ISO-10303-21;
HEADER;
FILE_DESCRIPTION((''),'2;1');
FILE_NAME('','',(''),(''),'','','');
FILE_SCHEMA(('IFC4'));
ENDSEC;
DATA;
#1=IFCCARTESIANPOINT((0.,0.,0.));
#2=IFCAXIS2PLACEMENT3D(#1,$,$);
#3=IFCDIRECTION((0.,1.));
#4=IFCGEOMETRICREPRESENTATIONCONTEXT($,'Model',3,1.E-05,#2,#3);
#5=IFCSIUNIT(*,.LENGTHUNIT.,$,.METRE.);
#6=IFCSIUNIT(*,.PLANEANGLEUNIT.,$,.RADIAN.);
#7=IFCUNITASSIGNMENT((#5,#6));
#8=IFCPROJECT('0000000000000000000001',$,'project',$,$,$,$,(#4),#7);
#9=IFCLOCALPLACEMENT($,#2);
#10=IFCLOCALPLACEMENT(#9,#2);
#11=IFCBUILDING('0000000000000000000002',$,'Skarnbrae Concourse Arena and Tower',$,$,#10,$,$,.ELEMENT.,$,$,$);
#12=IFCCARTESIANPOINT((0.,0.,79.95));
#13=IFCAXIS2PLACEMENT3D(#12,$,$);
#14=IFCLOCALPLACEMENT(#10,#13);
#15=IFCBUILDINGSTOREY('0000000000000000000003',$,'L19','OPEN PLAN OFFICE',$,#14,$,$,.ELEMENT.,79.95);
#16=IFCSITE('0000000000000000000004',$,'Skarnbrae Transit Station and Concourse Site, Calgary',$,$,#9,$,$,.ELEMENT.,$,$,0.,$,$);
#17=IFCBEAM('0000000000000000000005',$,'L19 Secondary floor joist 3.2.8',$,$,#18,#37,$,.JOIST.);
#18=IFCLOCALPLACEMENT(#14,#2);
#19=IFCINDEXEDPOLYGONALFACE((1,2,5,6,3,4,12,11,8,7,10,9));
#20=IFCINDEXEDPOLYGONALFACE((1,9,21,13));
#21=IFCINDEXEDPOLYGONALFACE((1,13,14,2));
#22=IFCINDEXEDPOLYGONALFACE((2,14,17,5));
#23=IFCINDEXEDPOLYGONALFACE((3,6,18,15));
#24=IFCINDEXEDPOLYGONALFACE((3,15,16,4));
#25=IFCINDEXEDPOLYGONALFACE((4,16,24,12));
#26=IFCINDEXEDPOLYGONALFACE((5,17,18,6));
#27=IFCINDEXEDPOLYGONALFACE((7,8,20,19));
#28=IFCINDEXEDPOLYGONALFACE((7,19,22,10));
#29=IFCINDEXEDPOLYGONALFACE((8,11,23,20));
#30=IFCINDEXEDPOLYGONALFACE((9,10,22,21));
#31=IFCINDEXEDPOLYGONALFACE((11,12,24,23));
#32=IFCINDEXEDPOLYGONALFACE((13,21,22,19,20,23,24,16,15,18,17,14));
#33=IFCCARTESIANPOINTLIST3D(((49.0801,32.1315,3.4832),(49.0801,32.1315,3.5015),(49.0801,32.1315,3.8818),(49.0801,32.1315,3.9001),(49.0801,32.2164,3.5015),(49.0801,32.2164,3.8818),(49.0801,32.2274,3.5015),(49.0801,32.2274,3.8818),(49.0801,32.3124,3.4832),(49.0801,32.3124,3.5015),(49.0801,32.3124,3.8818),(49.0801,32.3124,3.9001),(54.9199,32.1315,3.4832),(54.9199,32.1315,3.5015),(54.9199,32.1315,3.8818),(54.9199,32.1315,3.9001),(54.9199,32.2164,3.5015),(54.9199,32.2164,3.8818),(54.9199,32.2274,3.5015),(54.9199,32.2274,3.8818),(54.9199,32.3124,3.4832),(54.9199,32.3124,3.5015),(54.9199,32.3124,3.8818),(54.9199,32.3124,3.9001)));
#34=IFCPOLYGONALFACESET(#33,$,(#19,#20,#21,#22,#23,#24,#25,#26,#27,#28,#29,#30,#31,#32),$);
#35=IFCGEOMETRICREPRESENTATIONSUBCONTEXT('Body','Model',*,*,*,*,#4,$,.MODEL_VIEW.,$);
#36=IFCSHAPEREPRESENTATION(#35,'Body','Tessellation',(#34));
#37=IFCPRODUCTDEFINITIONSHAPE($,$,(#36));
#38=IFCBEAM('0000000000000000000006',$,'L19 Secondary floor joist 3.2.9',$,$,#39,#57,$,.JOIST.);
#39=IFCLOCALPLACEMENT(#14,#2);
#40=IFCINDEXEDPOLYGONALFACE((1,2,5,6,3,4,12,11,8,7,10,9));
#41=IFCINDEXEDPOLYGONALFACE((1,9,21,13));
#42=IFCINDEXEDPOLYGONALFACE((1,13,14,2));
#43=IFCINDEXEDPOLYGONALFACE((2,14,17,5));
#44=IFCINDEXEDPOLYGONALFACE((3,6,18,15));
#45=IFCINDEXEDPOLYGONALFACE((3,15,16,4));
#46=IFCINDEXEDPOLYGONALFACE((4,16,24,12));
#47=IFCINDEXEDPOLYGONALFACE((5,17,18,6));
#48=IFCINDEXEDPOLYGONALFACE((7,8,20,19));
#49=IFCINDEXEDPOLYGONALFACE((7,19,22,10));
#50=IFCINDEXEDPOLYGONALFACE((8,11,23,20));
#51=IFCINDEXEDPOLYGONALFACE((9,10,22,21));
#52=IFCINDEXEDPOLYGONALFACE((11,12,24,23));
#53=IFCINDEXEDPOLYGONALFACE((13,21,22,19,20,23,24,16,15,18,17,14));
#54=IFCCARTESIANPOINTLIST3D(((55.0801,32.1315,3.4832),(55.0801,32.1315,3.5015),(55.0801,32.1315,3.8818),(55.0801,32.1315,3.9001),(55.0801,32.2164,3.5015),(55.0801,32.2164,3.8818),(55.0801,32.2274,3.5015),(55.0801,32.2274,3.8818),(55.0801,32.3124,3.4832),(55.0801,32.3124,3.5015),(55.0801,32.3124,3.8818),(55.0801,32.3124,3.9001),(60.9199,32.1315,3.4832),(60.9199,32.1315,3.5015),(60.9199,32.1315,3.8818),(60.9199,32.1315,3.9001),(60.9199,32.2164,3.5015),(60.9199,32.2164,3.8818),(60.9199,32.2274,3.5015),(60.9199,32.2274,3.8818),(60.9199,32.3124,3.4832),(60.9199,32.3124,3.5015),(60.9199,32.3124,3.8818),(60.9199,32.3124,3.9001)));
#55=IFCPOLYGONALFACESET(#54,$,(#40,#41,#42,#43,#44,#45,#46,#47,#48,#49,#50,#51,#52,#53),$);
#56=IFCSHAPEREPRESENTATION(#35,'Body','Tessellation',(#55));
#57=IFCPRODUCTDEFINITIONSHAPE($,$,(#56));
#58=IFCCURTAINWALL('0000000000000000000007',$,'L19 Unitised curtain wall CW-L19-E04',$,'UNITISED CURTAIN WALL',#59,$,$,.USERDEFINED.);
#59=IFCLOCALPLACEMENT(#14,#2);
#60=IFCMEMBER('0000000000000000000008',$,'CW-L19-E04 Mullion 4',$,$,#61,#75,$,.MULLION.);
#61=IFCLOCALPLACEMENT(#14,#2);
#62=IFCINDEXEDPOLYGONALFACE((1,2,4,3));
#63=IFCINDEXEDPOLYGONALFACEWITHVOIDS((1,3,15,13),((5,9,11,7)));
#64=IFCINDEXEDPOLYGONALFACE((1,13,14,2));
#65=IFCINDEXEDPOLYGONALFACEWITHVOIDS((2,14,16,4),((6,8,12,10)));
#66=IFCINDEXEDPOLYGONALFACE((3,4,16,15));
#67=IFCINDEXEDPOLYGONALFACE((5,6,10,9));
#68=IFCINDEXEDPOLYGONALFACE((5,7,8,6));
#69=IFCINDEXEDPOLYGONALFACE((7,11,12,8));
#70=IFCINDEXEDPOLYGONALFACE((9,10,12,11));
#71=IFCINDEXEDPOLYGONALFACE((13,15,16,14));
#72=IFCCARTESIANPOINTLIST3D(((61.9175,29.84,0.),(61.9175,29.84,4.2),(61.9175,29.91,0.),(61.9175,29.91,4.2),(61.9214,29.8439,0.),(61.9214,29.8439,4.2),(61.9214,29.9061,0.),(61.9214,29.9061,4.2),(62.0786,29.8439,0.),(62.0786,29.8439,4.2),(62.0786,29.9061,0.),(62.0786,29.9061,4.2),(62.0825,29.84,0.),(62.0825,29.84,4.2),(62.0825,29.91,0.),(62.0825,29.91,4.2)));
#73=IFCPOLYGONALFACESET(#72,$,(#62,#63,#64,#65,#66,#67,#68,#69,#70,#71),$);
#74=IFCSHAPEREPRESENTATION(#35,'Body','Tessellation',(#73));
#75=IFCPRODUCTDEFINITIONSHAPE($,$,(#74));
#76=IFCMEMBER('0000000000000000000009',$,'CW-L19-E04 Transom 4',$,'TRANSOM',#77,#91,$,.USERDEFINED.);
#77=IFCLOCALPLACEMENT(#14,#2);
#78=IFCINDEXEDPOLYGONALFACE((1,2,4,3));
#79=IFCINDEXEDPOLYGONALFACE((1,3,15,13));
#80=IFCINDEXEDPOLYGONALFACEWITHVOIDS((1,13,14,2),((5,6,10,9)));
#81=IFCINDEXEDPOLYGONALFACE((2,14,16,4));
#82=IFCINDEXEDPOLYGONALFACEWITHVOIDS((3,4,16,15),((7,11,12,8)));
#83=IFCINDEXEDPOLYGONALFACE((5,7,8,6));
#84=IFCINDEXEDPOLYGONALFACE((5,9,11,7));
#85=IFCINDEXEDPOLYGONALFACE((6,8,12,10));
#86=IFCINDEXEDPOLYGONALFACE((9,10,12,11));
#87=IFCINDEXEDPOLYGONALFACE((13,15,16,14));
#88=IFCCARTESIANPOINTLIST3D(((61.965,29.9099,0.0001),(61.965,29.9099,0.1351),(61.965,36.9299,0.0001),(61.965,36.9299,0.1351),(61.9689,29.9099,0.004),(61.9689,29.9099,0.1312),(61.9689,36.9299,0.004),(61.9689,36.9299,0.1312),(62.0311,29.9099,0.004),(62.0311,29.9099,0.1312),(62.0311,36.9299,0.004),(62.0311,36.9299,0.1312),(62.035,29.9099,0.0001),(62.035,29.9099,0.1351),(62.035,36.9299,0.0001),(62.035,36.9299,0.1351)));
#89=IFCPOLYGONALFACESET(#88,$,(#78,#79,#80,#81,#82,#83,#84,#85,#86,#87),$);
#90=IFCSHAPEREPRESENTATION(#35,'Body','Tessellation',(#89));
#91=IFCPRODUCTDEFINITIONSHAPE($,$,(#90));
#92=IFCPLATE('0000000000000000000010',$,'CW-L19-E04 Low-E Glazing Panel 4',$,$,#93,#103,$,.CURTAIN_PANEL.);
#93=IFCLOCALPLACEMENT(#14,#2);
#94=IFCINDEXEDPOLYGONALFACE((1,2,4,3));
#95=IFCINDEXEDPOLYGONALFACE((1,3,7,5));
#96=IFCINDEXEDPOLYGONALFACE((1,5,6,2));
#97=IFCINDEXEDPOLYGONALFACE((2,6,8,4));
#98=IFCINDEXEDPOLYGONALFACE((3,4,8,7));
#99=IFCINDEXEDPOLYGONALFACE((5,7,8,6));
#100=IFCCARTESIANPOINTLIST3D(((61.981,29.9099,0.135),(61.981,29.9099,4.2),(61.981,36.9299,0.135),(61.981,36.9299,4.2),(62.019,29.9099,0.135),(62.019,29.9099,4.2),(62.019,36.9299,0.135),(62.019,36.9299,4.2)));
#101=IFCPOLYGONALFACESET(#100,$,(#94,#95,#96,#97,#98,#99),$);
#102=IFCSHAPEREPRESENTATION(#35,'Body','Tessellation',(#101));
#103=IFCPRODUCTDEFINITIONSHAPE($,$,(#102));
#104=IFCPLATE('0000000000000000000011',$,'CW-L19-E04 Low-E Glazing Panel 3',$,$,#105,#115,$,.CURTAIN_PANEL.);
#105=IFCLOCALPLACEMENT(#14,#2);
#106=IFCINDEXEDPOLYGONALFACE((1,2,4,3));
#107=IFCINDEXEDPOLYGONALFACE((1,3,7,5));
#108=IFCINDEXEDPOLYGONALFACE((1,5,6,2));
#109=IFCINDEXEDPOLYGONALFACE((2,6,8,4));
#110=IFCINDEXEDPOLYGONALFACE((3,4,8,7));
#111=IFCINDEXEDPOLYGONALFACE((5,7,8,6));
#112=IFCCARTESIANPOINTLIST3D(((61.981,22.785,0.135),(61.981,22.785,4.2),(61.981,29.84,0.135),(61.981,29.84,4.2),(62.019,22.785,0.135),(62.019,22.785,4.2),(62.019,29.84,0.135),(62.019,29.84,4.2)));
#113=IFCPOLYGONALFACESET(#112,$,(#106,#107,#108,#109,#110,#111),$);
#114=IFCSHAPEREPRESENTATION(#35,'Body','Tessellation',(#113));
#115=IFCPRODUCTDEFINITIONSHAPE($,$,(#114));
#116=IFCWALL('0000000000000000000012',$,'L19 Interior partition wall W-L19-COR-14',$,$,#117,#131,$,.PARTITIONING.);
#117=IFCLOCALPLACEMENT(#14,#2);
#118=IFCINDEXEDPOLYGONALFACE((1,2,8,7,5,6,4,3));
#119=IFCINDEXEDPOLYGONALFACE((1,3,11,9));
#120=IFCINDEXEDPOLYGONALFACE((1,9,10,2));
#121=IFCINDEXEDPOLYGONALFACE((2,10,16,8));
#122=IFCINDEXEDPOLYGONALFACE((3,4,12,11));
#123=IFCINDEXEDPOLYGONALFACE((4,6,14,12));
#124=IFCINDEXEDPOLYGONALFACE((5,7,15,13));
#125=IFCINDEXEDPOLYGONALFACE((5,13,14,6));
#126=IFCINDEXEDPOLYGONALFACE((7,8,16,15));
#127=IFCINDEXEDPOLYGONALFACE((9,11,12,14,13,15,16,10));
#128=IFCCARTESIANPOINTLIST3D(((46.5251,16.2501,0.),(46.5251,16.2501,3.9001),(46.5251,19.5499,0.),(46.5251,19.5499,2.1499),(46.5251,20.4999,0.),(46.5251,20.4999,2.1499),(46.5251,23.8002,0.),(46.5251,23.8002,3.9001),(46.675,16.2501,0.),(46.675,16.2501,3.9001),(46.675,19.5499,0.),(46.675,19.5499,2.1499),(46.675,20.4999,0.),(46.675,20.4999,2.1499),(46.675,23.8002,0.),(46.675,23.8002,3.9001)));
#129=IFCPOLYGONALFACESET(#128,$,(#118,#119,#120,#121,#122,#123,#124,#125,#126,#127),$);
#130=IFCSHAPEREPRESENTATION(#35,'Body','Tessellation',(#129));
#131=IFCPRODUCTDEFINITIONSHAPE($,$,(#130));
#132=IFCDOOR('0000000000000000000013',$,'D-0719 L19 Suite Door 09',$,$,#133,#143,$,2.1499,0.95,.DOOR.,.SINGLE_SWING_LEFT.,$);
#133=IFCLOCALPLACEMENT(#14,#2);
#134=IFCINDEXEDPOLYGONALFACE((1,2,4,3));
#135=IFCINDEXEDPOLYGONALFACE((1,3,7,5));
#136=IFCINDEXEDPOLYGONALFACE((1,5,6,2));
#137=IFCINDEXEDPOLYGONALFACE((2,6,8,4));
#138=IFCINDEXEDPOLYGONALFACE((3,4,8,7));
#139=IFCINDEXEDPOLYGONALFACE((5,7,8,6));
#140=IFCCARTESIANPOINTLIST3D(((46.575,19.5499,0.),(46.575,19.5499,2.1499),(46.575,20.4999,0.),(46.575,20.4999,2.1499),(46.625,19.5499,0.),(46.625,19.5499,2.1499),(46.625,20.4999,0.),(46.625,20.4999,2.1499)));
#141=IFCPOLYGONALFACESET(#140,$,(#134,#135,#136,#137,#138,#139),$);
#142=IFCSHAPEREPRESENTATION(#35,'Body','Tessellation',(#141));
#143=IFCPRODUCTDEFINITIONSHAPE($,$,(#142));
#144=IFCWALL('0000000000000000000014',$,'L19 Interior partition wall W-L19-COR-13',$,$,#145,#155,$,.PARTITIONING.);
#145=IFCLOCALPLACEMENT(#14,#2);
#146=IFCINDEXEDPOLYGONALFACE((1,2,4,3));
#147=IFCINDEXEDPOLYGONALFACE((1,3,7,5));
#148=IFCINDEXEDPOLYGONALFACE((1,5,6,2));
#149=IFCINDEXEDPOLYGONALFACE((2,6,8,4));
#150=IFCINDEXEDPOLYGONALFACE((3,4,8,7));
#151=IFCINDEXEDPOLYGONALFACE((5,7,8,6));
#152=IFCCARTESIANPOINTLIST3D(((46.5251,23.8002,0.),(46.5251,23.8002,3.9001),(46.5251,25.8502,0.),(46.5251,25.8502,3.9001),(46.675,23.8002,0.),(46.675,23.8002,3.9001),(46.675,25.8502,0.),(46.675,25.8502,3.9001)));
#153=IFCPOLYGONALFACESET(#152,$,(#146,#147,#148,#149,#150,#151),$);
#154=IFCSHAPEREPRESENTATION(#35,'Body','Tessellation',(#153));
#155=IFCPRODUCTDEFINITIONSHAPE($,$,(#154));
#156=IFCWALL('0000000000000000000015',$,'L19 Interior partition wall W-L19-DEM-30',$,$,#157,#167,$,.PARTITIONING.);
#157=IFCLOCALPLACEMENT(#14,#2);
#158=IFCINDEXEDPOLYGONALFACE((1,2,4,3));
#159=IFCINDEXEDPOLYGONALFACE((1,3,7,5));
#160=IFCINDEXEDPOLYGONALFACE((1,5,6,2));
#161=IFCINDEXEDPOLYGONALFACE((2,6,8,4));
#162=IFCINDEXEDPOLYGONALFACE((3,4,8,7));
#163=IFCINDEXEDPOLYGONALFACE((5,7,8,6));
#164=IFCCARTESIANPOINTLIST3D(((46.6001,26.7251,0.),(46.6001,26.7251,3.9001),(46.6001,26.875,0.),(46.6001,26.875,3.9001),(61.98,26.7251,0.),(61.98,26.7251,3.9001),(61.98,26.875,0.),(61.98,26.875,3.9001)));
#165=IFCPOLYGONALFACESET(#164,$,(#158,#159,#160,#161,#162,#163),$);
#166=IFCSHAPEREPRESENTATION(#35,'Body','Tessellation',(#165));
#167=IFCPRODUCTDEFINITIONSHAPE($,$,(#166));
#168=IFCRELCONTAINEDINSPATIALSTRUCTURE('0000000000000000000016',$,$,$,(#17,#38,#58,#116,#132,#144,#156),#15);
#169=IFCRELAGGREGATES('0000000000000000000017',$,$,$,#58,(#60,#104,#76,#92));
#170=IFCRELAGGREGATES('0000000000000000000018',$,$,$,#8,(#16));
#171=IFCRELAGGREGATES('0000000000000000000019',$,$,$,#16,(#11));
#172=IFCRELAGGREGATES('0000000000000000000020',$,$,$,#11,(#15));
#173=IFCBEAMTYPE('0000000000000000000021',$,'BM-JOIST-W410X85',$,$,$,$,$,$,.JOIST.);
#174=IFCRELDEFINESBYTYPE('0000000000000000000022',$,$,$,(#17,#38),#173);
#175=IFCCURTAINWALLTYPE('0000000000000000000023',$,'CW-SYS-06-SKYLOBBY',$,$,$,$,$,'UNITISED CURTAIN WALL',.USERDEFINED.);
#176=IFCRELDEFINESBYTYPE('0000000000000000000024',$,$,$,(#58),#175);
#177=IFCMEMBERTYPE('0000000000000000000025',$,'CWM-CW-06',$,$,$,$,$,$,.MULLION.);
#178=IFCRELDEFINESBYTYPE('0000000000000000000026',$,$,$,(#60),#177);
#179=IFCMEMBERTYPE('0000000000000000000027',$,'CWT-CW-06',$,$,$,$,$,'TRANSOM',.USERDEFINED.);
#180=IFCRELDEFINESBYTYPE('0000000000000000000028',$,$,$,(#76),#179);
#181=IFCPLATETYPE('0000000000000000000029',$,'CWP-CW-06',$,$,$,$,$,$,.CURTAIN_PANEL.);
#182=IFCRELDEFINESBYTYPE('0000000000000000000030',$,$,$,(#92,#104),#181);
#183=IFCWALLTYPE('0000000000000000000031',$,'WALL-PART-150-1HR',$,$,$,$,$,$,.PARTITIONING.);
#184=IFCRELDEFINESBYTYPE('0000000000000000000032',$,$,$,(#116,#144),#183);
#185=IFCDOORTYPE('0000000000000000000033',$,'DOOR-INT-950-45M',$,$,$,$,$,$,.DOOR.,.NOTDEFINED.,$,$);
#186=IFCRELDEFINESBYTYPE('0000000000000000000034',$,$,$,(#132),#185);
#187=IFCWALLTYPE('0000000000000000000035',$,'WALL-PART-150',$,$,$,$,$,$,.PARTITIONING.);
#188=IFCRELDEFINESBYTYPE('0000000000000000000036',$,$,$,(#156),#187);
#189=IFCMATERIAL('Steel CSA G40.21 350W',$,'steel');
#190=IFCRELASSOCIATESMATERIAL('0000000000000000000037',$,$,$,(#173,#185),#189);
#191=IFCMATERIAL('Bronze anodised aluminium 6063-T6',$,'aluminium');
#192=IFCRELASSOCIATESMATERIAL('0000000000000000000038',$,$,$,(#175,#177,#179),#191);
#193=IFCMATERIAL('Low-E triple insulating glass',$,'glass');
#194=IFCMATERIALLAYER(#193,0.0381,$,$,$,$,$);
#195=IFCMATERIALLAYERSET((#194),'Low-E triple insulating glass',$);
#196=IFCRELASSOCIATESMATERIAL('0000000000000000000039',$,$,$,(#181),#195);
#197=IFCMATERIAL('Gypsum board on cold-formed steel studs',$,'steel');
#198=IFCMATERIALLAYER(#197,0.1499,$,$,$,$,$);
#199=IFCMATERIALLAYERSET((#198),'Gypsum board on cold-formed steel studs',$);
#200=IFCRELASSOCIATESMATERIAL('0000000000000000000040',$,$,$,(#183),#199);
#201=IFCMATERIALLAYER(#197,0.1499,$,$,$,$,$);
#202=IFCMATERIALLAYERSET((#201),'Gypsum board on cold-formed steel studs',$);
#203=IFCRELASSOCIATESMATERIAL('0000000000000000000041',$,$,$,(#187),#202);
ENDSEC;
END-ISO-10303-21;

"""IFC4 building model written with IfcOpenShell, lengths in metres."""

from ifc_helpers import new_model, si_unit, direction, frame, frame_2d, origin, origin_2d, place, context, subcontext, project, spatial, rectangle, hollow_rectangle, i_section, extrude, source, transform, mapped, material, layer, layer_set, material_profile, profile_set, type_object, element, fill, aggregate, save


model = new_model("IFC4")

# Units and contexts
model_context = context("Model", 3, precision=1e-05, world=origin(), true_north=direction((0.0, 1.0)))
body_context = subcontext(model_context, "Body", "Model", "MODEL_VIEW")
ifc_project = project(units=[si_unit("LENGTHUNIT", "METRE"), si_unit("PLANEANGLEUNIT", "RADIAN")], contexts=[model_context])

# Site, building, storey
site_placement = place(None, origin())
site = spatial("IfcSite", under=ifc_project, at=site_placement, Name="Skarnbrae Transit Station and Concourse Site, Calgary", CompositionType="ELEMENT", RefElevation=0.0)
building_placement = place(site_placement, origin())
building = spatial("IfcBuilding", under=site, at=building_placement, Name="Skarnbrae Concourse Arena and Tower", CompositionType="ELEMENT")
storey_placement = place(building_placement, frame((0.0, 0.0, 79.95)))
storey = spatial("IfcBuildingStorey", under=building, at=storey_placement, Name="L19", Description="OPEN PLAN OFFICE", CompositionType="ELEMENT", Elevation=79.95)

# Shared definitions
ifc_material_1 = material(Name="Steel CSA G40.21 350W", Category="steel")

# Beams
ifc_material_profile_1 = material_profile(ifc_material_1, i_section(OverallWidth=0.1809, OverallDepth=0.417, WebThickness=0.011, FlangeThickness=0.0183, at=origin_2d()), Name="W410X85")
ifc_profile_set_1 = profile_set([ifc_material_profile_1], Name="Steel CSA G40.21 350W")
beam_type_1 = type_object("IfcBeamType", Name="BM-JOIST-W410X85", PredefinedType="JOIST", material=ifc_profile_set_1)
shared_shape_1 = source(origin(), body_context, "Body", "SweptSolid", [
    extrude(i_section(OverallWidth=0.1809, OverallDepth=0.417, WebThickness=0.011, FlangeThickness=0.0183, at=origin_2d()), origin(), (0.0, 0.0, 1.0), 5.8398),
])
for number, where, z_axis, x_axis, name in (
    (1, (49.0801, 32.2219, 3.6917), (1.0, 0.0, 0.0), (0.0, 1.0, 0.0), "L19 Secondary floor joist 3.2.8"),
    (2, (55.0801, 32.2219, 3.6917), (1.0, 0.0, 0.0), (0.0, 1.0, 0.0), "L19 Secondary floor joist 3.2.9"),
):
    element("IfcBeam", number, at=place(storey_placement, frame(where, z_axis=z_axis, x_axis=x_axis)), inside=storey, type_object=beam_type_1, Name=name, PredefinedType="JOIST", context=body_context, shape_type="MappedRepresentation", body=[
        mapped(shared_shape_1, transform((0.0, 0.0, 0.0))),
    ])

# Curtain wall, members, plates
ifc_material_2 = material(Name="Bronze anodised aluminium 6063-T6", Category="aluminium")
curtain_wall_type = type_object("IfcCurtainWallType", Name="CW-SYS-06-SKYLOBBY", ElementType="UNITISED CURTAIN WALL", PredefinedType="USERDEFINED", material=ifc_material_2)
curtain_wall_placement = place(storey_placement, origin())
curtain_wall = element("IfcCurtainWall", 3, at=curtain_wall_placement, inside=storey, type_object=curtain_wall_type, Name="L19 Unitised curtain wall CW-L19-E04", ObjectType="UNITISED CURTAIN WALL", PredefinedType="USERDEFINED")
ifc_material_profile_2 = material_profile(ifc_material_2, hollow_rectangle(XDim=0.0701, YDim=0.165, WallThickness=0.0039, at=origin_2d()), Name="ALU-MULL-70X165")
ifc_profile_set_2 = profile_set([ifc_material_profile_2], Name="Bronze anodised aluminium 6063-T6")
member_type_1 = type_object("IfcMemberType", Name="CWM-CW-06", PredefinedType="MULLION", material=ifc_profile_set_2)
shared_shape_2 = source(origin(), body_context, "Body", "SweptSolid", [
    extrude(hollow_rectangle(XDim=0.0701, YDim=0.165, WallThickness=0.0039, at=origin_2d()), origin(), (0.0, 0.0, 1.0), 4.2),
])
member_1_placement = place(storey_placement, frame((62.0, 29.875, 0.0), z_axis=(0.0, 0.0, 1.0), x_axis=(0.0, 1.0, 0.0)))
member_1 = element("IfcMember", 4, at=member_1_placement, type_object=member_type_1, Name="CW-L19-E04 Mullion 4", PredefinedType="MULLION", context=body_context, shape_type="MappedRepresentation", body=[
    mapped(shared_shape_2, transform((0.0, 0.0, 0.0))),
])
ifc_material_profile_3 = material_profile(ifc_material_2, hollow_rectangle(XDim=0.0701, YDim=0.135, WallThickness=0.0039, at=origin_2d()), Name="ALU-TRAN-70X135")
ifc_profile_set_3 = profile_set([ifc_material_profile_3], Name="Bronze anodised aluminium 6063-T6")
member_type_2 = type_object("IfcMemberType", Name="CWT-CW-06", ElementType="TRANSOM", PredefinedType="USERDEFINED", material=ifc_profile_set_3)
shared_shape_3 = source(origin(), body_context, "Body", "SweptSolid", [
    extrude(hollow_rectangle(XDim=0.0701, YDim=0.135, WallThickness=0.0039, at=origin_2d()), origin(), (0.0, 0.0, 1.0), 7.02),
])
member_2_placement = place(storey_placement, frame((62.0, 29.9099, 0.0676), z_axis=(0.0, 1.0, 0.0), x_axis=(-1.0, 0.0, 0.0)))
member_2 = element("IfcMember", 5, at=member_2_placement, type_object=member_type_2, Name="CW-L19-E04 Transom 4", ObjectType="TRANSOM", PredefinedType="USERDEFINED", context=body_context, shape_type="MappedRepresentation", body=[
    mapped(shared_shape_3, transform((0.0, 0.0, 0.0))),
])
ifc_material_3 = material(Name="Low-E triple insulating glass", Category="glass")
ifc_layer_1 = layer(ifc_material_3, 0.0381)
ifc_layer_set_1 = layer_set([ifc_layer_1], Name="Low-E triple insulating glass")
plate_type = type_object("IfcPlateType", Name="CWP-CW-06", PredefinedType="CURTAIN_PANEL", material=ifc_layer_set_1)
shared_shape_4 = source(origin(), body_context, "Body", "SweptSolid", [
    extrude(rectangle(XDim=7.02, YDim=0.0381, at=origin_2d()), origin(), (0.0, 0.0, 1.0), 4.0649),
])
plate_1_placement = place(storey_placement, frame((62.0, 33.4199, 0.135), z_axis=(0.0, 0.0, 1.0), x_axis=(0.0, 1.0, 0.0)))
plate_1 = element("IfcPlate", 6, at=plate_1_placement, type_object=plate_type, Name="CW-L19-E04 Low-E Glazing Panel 4", PredefinedType="CURTAIN_PANEL", context=body_context, shape_type="MappedRepresentation", body=[
    mapped(shared_shape_4, transform((0.0, 0.0, 0.0))),
])
shared_shape_5 = source(origin(), body_context, "Body", "SweptSolid", [
    extrude(rectangle(XDim=7.0549, YDim=0.0381, at=origin_2d()), origin(), (0.0, 0.0, 1.0), 4.0649),
])
plate_2_placement = place(storey_placement, frame((62.0, 26.3125, 0.135), z_axis=(0.0, 0.0, 1.0), x_axis=(0.0, 1.0, 0.0)))
plate_2 = element("IfcPlate", 7, at=plate_2_placement, type_object=plate_type, Name="CW-L19-E04 Low-E Glazing Panel 3", PredefinedType="CURTAIN_PANEL", context=body_context, shape_type="MappedRepresentation", body=[
    mapped(shared_shape_5, transform((0.0, 0.0, 0.0))),
])
aggregate(curtain_wall, [member_1, plate_2, member_2, plate_1])

# Wall, opening, door
ifc_material_4 = material(Name="Gypsum board on cold-formed steel studs", Category="steel")
ifc_layer_2 = layer(ifc_material_4, 0.1499)
ifc_layer_set_2 = layer_set([ifc_layer_2], Name="Gypsum board on cold-formed steel studs")
wall_type_1 = type_object("IfcWallType", Name="WALL-PART-150-1HR", PredefinedType="PARTITIONING", material=ifc_layer_set_2)
shared_shape_6 = source(origin(), body_context, "Body", "SweptSolid", [
    extrude(rectangle(XDim=7.55, YDim=0.1499, at=frame_2d((3.7749, 0.0))), origin(), (0.0, 0.0, 1.0), 3.9001),
])
wall_1_placement = place(storey_placement, frame((46.6001, 23.8, 0.0), z_axis=(0.0, 0.0, 1.0), x_axis=(0.0, -1.0, 0.0)))
wall_1 = element("IfcWall", 8, at=wall_1_placement, inside=storey, type_object=wall_type_1, Name="L19 Interior partition wall W-L19-COR-14", PredefinedType="PARTITIONING", context=body_context, shape_type="MappedRepresentation", body=[
    mapped(shared_shape_6, transform((0.0, 0.0, 0.0))),
])
opening_placement = place(wall_1_placement, frame((3.3, 0.0, 0.0)))
opening = element("IfcOpeningElement", 9, at=opening_placement, cuts=wall_1, PredefinedType="OPENING", context=body_context, shape_type="SweptSolid", body=[
    extrude(rectangle(XDim=0.95, YDim=2.1499, at=frame_2d((0.4751, 1.075))), frame((0.0, 0.085, 0.0), z_axis=(0.0, -1.0, 0.0), x_axis=(1.0, 0.0, 0.0)), (0.0, 0.0, 1.0), 0.1699),
])
door_type = type_object("IfcDoorType", Name="DOOR-INT-950-45M", OperationType="NOTDEFINED", PredefinedType="DOOR", material=ifc_material_1)
shared_shape_7 = source(origin(), body_context, "Body", "SweptSolid", [
    extrude(rectangle(XDim=0.95, YDim=2.1499, at=frame_2d((0.4751, 1.075))), frame((0.0, 0.0249, 0.0), z_axis=(0.0, -1.0, 0.0), x_axis=(1.0, 0.0, 0.0)), (0.0, 0.0, 1.0), 0.05),
])
door_placement = place(opening_placement, origin())
door = element("IfcDoor", 10, at=door_placement, inside=storey, type_object=door_type, Name="D-0719 L19 Suite Door 09", OperationType="SINGLE_SWING_LEFT", OverallHeight=2.1499, OverallWidth=0.95, PredefinedType="DOOR", context=body_context, shape_type="MappedRepresentation", body=[
    mapped(shared_shape_7, transform((0.0, 0.0, 0.0))),
])
fill(opening, door)

# Walls
shared_shape_8 = source(origin(), body_context, "Body", "SweptSolid", [
    extrude(rectangle(XDim=2.05, YDim=0.1499, at=frame_2d((1.0249, 0.0))), origin(), (0.0, 0.0, 1.0), 3.9001),
])
wall_2_placement = place(storey_placement, frame((46.6001, 25.8501, 0.0), z_axis=(0.0, 0.0, 1.0), x_axis=(0.0, -1.0, 0.0)))
element("IfcWall", 11, at=wall_2_placement, inside=storey, type_object=wall_type_1, Name="L19 Interior partition wall W-L19-COR-13", PredefinedType="PARTITIONING", context=body_context, shape_type="MappedRepresentation", body=[
    mapped(shared_shape_8, transform((0.0, 0.0, 0.0))),
])
ifc_layer_3 = layer(ifc_material_4, 0.1499)
ifc_layer_set_3 = layer_set([ifc_layer_3], Name="Gypsum board on cold-formed steel studs")
wall_type_2 = type_object("IfcWallType", Name="WALL-PART-150", PredefinedType="PARTITIONING", material=ifc_layer_set_3)
shared_shape_9 = source(origin(), body_context, "Body", "SweptSolid", [
    extrude(rectangle(XDim=15.3799, YDim=0.1499, at=frame_2d((7.6899, 0.0))), origin(), (0.0, 0.0, 1.0), 3.9001),
])
wall_3_placement = place(storey_placement, frame((61.98, 26.8, 0.0), z_axis=(0.0, 0.0, 1.0), x_axis=(-1.0, 0.0, 0.0)))
element("IfcWall", 12, at=wall_3_placement, inside=storey, type_object=wall_type_2, Name="L19 Interior partition wall W-L19-DEM-30", PredefinedType="PARTITIONING", context=body_context, shape_type="MappedRepresentation", body=[
    mapped(shared_shape_9, transform((0.0, 0.0, 0.0))),
])

save(model, "model.ifc")
